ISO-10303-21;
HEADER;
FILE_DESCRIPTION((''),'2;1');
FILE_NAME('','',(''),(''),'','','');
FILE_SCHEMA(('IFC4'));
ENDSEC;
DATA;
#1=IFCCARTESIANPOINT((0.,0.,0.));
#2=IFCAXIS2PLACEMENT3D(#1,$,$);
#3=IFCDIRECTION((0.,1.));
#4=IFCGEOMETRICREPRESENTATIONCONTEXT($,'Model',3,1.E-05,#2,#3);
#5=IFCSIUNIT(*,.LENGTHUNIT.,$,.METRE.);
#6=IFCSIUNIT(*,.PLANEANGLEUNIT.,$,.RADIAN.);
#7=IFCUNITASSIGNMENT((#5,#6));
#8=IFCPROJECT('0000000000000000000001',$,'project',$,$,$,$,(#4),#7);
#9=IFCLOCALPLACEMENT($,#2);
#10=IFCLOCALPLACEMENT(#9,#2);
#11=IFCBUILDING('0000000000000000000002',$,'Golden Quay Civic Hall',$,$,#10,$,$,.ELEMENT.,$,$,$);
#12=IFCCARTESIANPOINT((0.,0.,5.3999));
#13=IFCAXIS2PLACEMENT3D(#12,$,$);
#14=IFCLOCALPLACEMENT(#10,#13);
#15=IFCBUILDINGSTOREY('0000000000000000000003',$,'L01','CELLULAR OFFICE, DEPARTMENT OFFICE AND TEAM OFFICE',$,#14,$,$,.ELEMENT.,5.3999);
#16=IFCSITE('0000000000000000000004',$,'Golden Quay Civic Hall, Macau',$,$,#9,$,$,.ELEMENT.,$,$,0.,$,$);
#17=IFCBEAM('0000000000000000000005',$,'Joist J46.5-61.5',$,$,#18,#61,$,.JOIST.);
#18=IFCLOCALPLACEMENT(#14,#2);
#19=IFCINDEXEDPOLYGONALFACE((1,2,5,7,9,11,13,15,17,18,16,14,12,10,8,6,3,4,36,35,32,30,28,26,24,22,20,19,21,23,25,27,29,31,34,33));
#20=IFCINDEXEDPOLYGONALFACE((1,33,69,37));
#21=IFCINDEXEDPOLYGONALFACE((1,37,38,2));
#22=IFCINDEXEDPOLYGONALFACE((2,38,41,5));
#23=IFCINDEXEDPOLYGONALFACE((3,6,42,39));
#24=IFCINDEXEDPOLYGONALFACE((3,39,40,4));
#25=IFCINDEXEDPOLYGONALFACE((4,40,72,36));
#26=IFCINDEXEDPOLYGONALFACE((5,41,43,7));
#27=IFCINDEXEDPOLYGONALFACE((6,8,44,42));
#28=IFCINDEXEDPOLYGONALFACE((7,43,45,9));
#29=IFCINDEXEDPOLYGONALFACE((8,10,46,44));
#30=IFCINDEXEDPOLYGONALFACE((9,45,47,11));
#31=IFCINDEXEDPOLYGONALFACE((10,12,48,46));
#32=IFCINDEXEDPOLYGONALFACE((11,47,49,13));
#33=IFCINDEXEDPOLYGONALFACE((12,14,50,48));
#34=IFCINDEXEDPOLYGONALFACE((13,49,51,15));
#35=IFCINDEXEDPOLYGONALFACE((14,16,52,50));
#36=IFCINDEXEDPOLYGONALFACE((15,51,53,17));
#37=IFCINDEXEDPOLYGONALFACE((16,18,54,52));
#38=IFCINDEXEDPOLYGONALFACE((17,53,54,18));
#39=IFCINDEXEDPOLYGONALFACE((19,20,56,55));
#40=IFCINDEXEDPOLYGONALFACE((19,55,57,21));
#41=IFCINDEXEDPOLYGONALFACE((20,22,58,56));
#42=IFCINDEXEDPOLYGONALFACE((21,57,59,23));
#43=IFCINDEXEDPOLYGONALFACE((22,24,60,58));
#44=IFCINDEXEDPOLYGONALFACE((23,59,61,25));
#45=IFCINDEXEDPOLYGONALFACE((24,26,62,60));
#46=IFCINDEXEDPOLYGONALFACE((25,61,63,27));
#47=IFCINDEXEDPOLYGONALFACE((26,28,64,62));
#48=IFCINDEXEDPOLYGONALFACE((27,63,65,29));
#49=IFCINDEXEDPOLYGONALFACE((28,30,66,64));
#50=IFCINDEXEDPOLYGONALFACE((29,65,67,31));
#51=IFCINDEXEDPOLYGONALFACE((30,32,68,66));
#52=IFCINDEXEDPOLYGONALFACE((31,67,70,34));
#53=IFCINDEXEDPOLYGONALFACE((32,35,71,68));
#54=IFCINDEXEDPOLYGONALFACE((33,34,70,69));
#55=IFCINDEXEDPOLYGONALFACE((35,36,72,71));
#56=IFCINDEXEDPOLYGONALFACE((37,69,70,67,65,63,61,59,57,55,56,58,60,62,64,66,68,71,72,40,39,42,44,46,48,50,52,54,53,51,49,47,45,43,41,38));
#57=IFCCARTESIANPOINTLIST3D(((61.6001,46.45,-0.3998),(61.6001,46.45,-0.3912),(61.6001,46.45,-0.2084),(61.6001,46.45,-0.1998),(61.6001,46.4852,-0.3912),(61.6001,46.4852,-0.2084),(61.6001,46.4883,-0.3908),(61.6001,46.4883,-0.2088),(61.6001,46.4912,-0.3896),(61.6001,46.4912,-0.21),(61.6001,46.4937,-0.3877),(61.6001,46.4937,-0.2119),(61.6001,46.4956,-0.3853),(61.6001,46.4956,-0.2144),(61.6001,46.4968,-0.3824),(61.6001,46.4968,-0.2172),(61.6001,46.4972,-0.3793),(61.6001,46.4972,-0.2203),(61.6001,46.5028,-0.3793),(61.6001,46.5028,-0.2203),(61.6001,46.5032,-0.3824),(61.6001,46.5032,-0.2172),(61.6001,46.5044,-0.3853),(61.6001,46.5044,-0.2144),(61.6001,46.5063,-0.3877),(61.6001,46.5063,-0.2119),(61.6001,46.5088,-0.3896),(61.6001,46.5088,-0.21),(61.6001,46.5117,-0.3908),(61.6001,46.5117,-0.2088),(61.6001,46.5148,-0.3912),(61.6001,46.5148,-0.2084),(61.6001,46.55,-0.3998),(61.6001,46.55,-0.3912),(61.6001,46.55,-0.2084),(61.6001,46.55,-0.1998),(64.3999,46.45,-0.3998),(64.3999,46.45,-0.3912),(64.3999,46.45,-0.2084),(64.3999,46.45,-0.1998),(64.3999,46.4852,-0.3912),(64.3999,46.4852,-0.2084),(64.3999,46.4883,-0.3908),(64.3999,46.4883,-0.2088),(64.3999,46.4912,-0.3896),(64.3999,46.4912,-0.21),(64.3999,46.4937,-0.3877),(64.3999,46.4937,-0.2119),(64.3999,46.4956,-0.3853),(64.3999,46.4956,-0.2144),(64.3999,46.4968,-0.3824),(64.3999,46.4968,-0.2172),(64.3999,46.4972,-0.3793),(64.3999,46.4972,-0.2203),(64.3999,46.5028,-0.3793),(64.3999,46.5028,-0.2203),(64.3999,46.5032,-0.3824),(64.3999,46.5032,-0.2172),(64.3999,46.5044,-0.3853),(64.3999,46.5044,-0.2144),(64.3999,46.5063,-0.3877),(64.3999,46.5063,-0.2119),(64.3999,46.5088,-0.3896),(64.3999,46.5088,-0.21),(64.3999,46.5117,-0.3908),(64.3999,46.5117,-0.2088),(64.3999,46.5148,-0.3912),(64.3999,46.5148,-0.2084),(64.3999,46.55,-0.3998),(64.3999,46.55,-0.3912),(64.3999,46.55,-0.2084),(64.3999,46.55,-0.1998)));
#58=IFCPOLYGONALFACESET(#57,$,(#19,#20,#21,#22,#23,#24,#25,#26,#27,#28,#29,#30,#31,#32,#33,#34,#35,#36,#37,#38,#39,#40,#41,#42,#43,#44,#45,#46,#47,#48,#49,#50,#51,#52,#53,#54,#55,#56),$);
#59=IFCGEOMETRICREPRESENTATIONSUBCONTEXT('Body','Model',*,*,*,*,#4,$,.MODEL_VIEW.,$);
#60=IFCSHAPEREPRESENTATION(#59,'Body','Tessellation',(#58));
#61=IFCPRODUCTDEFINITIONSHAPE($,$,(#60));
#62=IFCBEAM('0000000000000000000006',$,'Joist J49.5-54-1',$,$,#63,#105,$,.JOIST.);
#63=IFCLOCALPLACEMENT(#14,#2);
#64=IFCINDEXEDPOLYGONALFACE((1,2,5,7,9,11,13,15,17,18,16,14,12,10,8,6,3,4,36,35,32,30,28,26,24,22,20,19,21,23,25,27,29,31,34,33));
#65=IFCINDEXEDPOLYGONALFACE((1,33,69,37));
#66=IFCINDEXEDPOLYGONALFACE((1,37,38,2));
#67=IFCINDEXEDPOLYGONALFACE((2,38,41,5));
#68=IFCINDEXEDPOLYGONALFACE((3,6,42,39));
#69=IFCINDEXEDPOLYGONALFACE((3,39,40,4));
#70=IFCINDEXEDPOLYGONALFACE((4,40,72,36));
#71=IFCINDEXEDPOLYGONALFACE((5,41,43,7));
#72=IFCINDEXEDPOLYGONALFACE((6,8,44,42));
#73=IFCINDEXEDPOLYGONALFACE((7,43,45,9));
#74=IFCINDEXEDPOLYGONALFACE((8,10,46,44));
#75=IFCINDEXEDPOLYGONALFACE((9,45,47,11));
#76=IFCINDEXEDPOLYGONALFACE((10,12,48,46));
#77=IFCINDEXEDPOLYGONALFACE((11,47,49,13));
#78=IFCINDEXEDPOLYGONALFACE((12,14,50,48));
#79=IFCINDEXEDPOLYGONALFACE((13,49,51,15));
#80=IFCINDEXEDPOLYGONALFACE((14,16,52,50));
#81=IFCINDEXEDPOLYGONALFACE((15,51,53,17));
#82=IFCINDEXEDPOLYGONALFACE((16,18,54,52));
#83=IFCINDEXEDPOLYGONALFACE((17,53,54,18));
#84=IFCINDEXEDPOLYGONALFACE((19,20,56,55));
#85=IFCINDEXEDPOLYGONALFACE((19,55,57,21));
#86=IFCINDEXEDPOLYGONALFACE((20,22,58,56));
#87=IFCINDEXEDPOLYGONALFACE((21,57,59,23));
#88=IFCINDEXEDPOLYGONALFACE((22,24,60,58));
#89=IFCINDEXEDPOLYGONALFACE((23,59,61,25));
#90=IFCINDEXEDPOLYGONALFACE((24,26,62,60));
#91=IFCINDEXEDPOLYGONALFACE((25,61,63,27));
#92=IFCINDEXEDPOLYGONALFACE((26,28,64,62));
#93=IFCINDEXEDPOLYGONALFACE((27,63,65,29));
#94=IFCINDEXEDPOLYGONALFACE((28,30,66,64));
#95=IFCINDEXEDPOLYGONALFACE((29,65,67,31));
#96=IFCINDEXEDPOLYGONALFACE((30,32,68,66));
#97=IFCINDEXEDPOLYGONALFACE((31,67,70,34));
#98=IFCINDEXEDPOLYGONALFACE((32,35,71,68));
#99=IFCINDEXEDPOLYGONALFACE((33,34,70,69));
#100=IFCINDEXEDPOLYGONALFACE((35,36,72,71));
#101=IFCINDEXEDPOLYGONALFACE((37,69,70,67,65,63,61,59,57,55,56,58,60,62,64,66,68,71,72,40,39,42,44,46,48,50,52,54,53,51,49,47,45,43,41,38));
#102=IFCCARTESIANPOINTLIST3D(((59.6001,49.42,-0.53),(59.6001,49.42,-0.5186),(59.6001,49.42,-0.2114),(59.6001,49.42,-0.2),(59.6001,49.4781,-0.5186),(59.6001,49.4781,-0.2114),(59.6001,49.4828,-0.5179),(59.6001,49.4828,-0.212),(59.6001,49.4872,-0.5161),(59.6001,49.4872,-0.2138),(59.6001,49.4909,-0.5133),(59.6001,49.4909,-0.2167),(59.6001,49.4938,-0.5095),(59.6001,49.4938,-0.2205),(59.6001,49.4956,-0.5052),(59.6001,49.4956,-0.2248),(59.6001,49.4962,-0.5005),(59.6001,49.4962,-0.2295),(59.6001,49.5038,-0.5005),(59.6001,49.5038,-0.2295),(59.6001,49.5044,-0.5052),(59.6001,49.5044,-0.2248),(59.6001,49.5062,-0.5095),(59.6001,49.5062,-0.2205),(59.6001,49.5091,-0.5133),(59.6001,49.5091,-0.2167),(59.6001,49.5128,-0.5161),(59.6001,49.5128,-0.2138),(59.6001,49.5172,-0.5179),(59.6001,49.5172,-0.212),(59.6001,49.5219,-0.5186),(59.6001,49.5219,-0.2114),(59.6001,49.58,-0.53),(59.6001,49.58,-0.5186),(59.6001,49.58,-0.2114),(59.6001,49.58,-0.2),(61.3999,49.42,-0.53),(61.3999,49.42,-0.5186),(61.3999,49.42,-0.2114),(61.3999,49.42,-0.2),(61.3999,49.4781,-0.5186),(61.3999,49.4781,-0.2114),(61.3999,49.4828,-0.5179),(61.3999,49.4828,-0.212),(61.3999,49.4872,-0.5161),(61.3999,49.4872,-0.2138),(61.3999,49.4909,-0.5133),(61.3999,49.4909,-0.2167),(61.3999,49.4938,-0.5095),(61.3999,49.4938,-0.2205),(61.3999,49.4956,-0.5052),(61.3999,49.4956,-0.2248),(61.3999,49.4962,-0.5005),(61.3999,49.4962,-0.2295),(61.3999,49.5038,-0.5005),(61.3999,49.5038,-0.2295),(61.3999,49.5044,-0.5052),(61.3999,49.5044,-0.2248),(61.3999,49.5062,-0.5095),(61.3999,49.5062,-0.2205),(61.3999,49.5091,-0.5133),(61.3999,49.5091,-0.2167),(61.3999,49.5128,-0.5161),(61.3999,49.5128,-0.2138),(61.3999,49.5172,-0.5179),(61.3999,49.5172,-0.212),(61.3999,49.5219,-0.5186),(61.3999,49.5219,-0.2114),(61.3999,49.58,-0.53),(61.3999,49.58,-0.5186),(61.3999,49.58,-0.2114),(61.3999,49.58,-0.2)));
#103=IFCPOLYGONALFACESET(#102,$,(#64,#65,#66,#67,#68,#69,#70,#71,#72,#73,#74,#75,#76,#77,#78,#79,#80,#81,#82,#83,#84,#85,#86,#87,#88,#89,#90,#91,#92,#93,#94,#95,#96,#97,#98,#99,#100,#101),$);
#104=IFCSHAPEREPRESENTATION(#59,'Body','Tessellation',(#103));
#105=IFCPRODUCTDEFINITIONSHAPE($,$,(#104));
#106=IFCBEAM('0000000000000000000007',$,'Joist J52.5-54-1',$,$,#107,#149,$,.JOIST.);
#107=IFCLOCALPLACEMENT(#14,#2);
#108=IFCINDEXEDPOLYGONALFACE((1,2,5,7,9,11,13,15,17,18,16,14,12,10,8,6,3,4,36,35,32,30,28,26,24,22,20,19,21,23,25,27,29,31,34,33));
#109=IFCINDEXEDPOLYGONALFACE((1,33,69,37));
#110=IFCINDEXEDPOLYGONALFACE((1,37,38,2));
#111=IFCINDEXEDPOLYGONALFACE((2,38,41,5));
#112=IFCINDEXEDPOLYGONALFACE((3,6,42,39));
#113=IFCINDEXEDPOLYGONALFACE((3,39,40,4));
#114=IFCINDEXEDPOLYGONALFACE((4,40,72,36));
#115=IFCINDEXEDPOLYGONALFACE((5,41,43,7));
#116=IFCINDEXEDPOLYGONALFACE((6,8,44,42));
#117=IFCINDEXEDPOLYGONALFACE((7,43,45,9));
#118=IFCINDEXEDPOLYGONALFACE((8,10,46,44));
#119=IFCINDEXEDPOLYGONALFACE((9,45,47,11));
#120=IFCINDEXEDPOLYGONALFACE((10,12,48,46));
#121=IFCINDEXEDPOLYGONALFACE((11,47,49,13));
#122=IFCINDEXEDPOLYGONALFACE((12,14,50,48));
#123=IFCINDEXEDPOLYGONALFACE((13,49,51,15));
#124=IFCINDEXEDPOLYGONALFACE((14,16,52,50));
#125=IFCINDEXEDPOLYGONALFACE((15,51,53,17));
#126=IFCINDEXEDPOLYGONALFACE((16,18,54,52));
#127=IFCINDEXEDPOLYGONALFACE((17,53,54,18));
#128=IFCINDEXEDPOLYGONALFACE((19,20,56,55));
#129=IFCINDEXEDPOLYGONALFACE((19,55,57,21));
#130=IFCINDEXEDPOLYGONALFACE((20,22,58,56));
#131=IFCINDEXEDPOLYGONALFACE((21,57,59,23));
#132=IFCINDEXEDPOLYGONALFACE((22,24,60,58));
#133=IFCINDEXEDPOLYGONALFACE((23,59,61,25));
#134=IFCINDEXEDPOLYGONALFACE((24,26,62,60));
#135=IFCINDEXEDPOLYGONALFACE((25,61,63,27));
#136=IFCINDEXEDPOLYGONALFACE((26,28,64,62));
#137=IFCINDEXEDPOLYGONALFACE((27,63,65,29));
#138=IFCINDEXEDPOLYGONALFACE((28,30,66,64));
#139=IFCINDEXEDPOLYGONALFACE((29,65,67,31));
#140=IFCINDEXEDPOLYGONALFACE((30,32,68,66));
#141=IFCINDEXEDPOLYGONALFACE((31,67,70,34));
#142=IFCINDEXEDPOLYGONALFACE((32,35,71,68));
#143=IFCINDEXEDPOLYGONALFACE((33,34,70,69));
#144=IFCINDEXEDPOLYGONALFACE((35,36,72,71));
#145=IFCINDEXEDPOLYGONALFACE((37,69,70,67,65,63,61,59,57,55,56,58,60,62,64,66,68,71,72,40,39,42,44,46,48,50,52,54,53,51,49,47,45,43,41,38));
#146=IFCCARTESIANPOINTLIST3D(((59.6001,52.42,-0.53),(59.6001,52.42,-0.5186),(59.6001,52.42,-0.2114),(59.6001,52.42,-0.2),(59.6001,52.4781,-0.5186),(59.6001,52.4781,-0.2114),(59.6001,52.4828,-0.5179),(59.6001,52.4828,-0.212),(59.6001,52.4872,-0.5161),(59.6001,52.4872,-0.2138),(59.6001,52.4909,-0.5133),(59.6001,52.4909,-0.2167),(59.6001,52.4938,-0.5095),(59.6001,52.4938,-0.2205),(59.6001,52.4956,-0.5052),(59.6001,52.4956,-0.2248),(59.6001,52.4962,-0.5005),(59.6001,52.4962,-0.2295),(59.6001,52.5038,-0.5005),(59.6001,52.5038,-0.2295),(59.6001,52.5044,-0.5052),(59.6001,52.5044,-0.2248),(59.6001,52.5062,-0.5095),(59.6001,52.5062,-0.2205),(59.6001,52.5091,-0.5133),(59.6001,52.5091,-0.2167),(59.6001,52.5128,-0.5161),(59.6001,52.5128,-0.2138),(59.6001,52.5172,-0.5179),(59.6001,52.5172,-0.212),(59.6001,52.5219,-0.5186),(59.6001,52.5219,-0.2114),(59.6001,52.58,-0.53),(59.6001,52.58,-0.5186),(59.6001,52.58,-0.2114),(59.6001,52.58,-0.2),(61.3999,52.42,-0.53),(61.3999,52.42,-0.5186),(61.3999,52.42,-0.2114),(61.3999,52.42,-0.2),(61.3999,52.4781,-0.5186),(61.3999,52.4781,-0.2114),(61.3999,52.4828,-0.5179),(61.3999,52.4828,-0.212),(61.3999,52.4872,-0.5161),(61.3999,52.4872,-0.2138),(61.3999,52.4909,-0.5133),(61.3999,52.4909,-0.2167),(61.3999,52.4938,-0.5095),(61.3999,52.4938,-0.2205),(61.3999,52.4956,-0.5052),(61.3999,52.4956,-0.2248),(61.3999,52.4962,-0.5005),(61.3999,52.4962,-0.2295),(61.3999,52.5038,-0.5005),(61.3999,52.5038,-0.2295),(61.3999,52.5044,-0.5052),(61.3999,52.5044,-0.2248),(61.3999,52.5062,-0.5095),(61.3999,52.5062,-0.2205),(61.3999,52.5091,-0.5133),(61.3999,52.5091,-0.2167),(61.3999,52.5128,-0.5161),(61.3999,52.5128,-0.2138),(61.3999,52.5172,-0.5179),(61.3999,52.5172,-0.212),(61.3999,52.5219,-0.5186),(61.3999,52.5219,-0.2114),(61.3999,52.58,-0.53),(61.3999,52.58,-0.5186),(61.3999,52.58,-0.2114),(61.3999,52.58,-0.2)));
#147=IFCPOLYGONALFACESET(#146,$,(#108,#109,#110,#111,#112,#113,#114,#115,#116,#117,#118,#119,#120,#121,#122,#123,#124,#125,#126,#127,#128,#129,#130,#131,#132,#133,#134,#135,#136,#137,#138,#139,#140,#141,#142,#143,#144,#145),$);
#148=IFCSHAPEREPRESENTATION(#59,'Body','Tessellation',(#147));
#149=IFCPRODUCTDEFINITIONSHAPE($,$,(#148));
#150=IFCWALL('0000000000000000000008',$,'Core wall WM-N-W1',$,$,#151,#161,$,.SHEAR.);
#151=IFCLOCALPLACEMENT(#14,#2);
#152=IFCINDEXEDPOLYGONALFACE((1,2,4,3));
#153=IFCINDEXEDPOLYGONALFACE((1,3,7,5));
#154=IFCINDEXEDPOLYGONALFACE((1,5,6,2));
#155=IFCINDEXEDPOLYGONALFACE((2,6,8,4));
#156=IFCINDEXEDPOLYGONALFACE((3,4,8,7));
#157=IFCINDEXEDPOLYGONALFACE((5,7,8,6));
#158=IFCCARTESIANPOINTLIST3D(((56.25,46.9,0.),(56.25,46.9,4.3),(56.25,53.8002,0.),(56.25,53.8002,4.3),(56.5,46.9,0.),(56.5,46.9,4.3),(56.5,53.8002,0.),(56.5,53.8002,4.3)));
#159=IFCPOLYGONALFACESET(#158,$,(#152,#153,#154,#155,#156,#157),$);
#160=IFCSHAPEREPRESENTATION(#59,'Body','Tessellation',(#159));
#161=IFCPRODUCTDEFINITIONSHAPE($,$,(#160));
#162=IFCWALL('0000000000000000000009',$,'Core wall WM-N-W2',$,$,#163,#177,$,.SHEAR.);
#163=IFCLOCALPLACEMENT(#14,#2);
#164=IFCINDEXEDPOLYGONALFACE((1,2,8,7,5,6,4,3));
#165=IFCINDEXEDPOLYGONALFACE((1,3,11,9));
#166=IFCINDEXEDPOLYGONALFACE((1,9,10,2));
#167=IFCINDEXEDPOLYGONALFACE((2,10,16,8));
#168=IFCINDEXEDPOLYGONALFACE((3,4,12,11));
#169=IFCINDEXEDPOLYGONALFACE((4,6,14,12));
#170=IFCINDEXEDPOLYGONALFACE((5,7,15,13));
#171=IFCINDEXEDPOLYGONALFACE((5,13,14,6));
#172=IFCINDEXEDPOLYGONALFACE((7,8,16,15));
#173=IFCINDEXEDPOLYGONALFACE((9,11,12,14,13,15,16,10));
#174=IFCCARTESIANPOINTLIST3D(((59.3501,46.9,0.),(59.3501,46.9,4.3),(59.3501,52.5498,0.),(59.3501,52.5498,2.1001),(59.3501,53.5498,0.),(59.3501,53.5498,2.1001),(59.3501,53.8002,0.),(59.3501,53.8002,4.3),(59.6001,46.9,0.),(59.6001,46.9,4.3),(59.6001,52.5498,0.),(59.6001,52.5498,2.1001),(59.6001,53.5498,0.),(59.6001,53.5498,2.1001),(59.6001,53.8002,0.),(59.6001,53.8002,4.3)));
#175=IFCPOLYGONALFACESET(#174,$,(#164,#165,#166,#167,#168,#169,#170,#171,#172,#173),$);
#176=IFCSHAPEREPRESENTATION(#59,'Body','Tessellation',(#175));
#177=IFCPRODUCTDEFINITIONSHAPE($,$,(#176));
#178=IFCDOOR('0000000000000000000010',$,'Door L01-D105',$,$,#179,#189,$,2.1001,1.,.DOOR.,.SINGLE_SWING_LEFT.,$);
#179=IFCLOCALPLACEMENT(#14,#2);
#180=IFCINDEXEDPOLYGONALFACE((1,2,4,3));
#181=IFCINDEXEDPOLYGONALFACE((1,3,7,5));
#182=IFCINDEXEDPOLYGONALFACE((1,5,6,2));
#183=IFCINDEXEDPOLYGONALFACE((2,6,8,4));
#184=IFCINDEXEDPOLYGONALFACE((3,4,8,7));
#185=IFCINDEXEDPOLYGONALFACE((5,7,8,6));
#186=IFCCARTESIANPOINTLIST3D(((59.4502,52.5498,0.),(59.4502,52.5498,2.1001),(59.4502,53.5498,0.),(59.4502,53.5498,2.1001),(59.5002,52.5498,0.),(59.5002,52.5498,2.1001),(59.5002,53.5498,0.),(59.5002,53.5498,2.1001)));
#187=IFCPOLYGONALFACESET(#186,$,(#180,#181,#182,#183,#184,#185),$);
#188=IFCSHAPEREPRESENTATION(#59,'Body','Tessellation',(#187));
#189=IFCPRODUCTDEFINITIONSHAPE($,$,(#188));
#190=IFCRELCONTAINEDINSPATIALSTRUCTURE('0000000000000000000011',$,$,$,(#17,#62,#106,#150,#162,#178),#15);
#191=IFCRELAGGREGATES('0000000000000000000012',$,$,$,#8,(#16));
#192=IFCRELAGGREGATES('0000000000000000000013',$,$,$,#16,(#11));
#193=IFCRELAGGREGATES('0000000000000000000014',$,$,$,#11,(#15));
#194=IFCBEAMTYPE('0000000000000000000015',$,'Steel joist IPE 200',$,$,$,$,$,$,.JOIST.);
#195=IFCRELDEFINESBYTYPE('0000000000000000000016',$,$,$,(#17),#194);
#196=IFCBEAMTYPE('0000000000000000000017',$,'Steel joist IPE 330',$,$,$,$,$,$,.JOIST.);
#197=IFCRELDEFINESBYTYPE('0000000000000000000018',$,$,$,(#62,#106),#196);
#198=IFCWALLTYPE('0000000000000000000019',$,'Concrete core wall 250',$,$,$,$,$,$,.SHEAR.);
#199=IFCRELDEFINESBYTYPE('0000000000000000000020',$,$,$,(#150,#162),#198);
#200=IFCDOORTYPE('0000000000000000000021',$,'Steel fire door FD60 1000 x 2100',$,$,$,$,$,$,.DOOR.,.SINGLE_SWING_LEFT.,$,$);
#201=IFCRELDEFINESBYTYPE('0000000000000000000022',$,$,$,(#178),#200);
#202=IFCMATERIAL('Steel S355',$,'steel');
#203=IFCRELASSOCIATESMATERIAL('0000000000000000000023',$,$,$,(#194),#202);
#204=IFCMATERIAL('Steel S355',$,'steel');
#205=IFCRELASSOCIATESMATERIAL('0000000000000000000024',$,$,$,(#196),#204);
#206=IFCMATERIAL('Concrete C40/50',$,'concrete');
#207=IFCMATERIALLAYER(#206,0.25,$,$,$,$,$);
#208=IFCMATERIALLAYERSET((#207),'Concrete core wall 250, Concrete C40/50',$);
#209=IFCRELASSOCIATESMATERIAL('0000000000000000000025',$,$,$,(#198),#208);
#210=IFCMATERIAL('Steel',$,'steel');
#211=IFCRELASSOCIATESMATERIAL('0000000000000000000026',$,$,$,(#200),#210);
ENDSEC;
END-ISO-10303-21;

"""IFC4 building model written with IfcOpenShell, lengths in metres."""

from ifc_helpers import new_model, si_unit, direction, frame, frame_2d, origin, origin_2d, place, context, subcontext, project, spatial, rectangle, i_section, extrude, material, layer, layer_set, material_profile, profile_set, type_object, element, fill, save


model = new_model("IFC4")

# Units and contexts
model_context = context("Model", 3, precision=1e-05, world=origin(), true_north=direction((0.0, 1.0)))
body_context = subcontext(model_context, "Body", "Model", "MODEL_VIEW")
ifc_project = project(units=[si_unit("LENGTHUNIT", "METRE"), si_unit("PLANEANGLEUNIT", "RADIAN")], contexts=[model_context])

# Site, building, storey
site_placement = place(None, origin())
site = spatial("IfcSite", under=ifc_project, at=site_placement, Name="Golden Quay Civic Hall, Macau", CompositionType="ELEMENT", RefElevation=0.0)
building_placement = place(site_placement, origin())
building = spatial("IfcBuilding", under=site, at=building_placement, Name="Golden Quay Civic Hall", CompositionType="ELEMENT")
storey_placement = place(building_placement, frame((0.0, 0.0, 5.3999)))
storey = spatial("IfcBuildingStorey", under=building, at=storey_placement, Name="L01", Description="CELLULAR OFFICE, DEPARTMENT OFFICE AND TEAM OFFICE", CompositionType="ELEMENT", Elevation=5.3999)

# Beams
ifc_material_1 = material(Name="Steel S355", Category="steel")
ifc_material_profile_1 = material_profile(ifc_material_1, i_section(OverallWidth=0.1001, OverallDepth=0.2, WebThickness=0.0056, FlangeThickness=0.0085, FilletRadius=0.012, at=origin_2d()), Name="IPE 200")
ifc_profile_set_1 = profile_set([ifc_material_profile_1], Name="Steel S355")
beam_type_1 = type_object("IfcBeamType", Name="Steel joist IPE 200", PredefinedType="JOIST", material=ifc_profile_set_1)
for number, where, z_axis, x_axis, name in (
    (1, (61.6001, 46.5, -0.2998), (1.0, 0.0, 0.0), (0.0, 1.0, 0.0), "Joist J46.5-61.5"),
):
    element("IfcBeam", number, at=place(storey_placement, frame(where, z_axis=z_axis, x_axis=x_axis)), inside=storey, type_object=beam_type_1, Name=name, PredefinedType="JOIST", context=body_context, shape_type="SweptSolid", body=[
        extrude(i_section(OverallWidth=0.1001, OverallDepth=0.2, WebThickness=0.0056, FlangeThickness=0.0085, FilletRadius=0.012, at=origin_2d()), origin(), (0.0, 0.0, 1.0), 2.7998),
    ])
ifc_material_2 = material(Name="Steel S355", Category="steel")
ifc_material_profile_2 = material_profile(ifc_material_2, i_section(OverallWidth=0.1599, OverallDepth=0.3301, WebThickness=0.0076, FlangeThickness=0.0115, FilletRadius=0.0181, at=origin_2d()), Name="IPE 330")
ifc_profile_set_2 = profile_set([ifc_material_profile_2], Name="Steel S355")
beam_type_2 = type_object("IfcBeamType", Name="Steel joist IPE 330", PredefinedType="JOIST", material=ifc_profile_set_2)
for number, where, z_axis, x_axis, name in (
    (2, (59.6001, 49.5, -0.365), (1.0, 0.0, 0.0), (0.0, 1.0, 0.0), "Joist J49.5-54-1"),
    (3, (59.6001, 52.5, -0.365), (1.0, 0.0, 0.0), (0.0, 1.0, 0.0), "Joist J52.5-54-1"),
):
    element("IfcBeam", number, at=place(storey_placement, frame(where, z_axis=z_axis, x_axis=x_axis)), inside=storey, type_object=beam_type_2, Name=name, PredefinedType="JOIST", context=body_context, shape_type="SweptSolid", body=[
        extrude(i_section(OverallWidth=0.1599, OverallDepth=0.3301, WebThickness=0.0076, FlangeThickness=0.0115, FilletRadius=0.0181, at=origin_2d()), origin(), (0.0, 0.0, 1.0), 1.7998),
    ])

# Wall
ifc_material_3 = material(Name="Concrete C40/50", Category="concrete")
ifc_layer_1 = layer(ifc_material_3, 0.25)
ifc_layer_set_1 = layer_set([ifc_layer_1], Name="Concrete core wall 250, Concrete C40/50")
wall_type_1 = type_object("IfcWallType", Name="Concrete core wall 250", PredefinedType="SHEAR", material=ifc_layer_set_1)
wall_1_placement = place(storey_placement, frame((56.375, 46.8999, 0.0), z_axis=(0.0, 0.0, 1.0), x_axis=(0.0, 1.0, 0.0)))
element("IfcWall", 4, at=wall_1_placement, inside=storey, type_object=wall_type_1, Name="Core wall WM-N-W1", PredefinedType="SHEAR", context=body_context, shape_type="SweptSolid", body=[
    extrude(rectangle(XDim=6.9001, YDim=0.25, at=frame_2d((3.4502, 0.0))), origin(), (0.0, 0.0, 1.0), 4.3),
])

# Wall, opening, door
wall_2_placement = place(storey_placement, frame((59.4751, 46.8999, 0.0), z_axis=(0.0, 0.0, 1.0), x_axis=(0.0, 1.0, 0.0)))
wall_2 = element("IfcWall", 5, at=wall_2_placement, inside=storey, type_object=wall_type_1, Name="Core wall WM-N-W2", PredefinedType="SHEAR", context=body_context, shape_type="SweptSolid", body=[
    extrude(rectangle(XDim=6.9001, YDim=0.25, at=frame_2d((3.4502, 0.0))), origin(), (0.0, 0.0, 1.0), 4.3),
])
opening_1_placement = place(wall_2_placement, frame((5.6499, 0.0, 0.0)))
opening_1 = element("IfcOpeningElement", 6, at=opening_1_placement, cuts=wall_2, PredefinedType="OPENING", context=body_context, shape_type="SweptSolid", body=[
    extrude(rectangle(XDim=1.0, YDim=2.1001, at=frame_2d((0.5, 1.05))), frame((0.0, 0.135, 0.0), z_axis=(0.0, -1.0, 0.0), x_axis=(1.0, 0.0, 0.0)), (0.0, 0.0, 1.0), 0.27),
])
ifc_material_4 = material(Name="Steel", Category="steel")
door_type_1 = type_object("IfcDoorType", Name="Steel fire door FD60 1000 x 2100", OperationType="SINGLE_SWING_LEFT", PredefinedType="DOOR", material=ifc_material_4)
door_1_placement = place(opening_1_placement, origin())
door_1 = element("IfcDoor", 7, at=door_1_placement, inside=storey, type_object=door_type_1, Name="Door L01-D105", OperationType="SINGLE_SWING_LEFT", OverallHeight=2.1001, OverallWidth=1.0, PredefinedType="DOOR", context=body_context, shape_type="SweptSolid", body=[
    extrude(rectangle(XDim=1.0, YDim=2.1001, at=frame_2d((0.5, 1.05))), frame((0.0, 0.0249, 0.0), z_axis=(0.0, -1.0, 0.0), x_axis=(1.0, 0.0, 0.0)), (0.0, 0.0, 1.0), 0.05),
])
fill(opening_1, door_1)

save(model, "model.ifc")
